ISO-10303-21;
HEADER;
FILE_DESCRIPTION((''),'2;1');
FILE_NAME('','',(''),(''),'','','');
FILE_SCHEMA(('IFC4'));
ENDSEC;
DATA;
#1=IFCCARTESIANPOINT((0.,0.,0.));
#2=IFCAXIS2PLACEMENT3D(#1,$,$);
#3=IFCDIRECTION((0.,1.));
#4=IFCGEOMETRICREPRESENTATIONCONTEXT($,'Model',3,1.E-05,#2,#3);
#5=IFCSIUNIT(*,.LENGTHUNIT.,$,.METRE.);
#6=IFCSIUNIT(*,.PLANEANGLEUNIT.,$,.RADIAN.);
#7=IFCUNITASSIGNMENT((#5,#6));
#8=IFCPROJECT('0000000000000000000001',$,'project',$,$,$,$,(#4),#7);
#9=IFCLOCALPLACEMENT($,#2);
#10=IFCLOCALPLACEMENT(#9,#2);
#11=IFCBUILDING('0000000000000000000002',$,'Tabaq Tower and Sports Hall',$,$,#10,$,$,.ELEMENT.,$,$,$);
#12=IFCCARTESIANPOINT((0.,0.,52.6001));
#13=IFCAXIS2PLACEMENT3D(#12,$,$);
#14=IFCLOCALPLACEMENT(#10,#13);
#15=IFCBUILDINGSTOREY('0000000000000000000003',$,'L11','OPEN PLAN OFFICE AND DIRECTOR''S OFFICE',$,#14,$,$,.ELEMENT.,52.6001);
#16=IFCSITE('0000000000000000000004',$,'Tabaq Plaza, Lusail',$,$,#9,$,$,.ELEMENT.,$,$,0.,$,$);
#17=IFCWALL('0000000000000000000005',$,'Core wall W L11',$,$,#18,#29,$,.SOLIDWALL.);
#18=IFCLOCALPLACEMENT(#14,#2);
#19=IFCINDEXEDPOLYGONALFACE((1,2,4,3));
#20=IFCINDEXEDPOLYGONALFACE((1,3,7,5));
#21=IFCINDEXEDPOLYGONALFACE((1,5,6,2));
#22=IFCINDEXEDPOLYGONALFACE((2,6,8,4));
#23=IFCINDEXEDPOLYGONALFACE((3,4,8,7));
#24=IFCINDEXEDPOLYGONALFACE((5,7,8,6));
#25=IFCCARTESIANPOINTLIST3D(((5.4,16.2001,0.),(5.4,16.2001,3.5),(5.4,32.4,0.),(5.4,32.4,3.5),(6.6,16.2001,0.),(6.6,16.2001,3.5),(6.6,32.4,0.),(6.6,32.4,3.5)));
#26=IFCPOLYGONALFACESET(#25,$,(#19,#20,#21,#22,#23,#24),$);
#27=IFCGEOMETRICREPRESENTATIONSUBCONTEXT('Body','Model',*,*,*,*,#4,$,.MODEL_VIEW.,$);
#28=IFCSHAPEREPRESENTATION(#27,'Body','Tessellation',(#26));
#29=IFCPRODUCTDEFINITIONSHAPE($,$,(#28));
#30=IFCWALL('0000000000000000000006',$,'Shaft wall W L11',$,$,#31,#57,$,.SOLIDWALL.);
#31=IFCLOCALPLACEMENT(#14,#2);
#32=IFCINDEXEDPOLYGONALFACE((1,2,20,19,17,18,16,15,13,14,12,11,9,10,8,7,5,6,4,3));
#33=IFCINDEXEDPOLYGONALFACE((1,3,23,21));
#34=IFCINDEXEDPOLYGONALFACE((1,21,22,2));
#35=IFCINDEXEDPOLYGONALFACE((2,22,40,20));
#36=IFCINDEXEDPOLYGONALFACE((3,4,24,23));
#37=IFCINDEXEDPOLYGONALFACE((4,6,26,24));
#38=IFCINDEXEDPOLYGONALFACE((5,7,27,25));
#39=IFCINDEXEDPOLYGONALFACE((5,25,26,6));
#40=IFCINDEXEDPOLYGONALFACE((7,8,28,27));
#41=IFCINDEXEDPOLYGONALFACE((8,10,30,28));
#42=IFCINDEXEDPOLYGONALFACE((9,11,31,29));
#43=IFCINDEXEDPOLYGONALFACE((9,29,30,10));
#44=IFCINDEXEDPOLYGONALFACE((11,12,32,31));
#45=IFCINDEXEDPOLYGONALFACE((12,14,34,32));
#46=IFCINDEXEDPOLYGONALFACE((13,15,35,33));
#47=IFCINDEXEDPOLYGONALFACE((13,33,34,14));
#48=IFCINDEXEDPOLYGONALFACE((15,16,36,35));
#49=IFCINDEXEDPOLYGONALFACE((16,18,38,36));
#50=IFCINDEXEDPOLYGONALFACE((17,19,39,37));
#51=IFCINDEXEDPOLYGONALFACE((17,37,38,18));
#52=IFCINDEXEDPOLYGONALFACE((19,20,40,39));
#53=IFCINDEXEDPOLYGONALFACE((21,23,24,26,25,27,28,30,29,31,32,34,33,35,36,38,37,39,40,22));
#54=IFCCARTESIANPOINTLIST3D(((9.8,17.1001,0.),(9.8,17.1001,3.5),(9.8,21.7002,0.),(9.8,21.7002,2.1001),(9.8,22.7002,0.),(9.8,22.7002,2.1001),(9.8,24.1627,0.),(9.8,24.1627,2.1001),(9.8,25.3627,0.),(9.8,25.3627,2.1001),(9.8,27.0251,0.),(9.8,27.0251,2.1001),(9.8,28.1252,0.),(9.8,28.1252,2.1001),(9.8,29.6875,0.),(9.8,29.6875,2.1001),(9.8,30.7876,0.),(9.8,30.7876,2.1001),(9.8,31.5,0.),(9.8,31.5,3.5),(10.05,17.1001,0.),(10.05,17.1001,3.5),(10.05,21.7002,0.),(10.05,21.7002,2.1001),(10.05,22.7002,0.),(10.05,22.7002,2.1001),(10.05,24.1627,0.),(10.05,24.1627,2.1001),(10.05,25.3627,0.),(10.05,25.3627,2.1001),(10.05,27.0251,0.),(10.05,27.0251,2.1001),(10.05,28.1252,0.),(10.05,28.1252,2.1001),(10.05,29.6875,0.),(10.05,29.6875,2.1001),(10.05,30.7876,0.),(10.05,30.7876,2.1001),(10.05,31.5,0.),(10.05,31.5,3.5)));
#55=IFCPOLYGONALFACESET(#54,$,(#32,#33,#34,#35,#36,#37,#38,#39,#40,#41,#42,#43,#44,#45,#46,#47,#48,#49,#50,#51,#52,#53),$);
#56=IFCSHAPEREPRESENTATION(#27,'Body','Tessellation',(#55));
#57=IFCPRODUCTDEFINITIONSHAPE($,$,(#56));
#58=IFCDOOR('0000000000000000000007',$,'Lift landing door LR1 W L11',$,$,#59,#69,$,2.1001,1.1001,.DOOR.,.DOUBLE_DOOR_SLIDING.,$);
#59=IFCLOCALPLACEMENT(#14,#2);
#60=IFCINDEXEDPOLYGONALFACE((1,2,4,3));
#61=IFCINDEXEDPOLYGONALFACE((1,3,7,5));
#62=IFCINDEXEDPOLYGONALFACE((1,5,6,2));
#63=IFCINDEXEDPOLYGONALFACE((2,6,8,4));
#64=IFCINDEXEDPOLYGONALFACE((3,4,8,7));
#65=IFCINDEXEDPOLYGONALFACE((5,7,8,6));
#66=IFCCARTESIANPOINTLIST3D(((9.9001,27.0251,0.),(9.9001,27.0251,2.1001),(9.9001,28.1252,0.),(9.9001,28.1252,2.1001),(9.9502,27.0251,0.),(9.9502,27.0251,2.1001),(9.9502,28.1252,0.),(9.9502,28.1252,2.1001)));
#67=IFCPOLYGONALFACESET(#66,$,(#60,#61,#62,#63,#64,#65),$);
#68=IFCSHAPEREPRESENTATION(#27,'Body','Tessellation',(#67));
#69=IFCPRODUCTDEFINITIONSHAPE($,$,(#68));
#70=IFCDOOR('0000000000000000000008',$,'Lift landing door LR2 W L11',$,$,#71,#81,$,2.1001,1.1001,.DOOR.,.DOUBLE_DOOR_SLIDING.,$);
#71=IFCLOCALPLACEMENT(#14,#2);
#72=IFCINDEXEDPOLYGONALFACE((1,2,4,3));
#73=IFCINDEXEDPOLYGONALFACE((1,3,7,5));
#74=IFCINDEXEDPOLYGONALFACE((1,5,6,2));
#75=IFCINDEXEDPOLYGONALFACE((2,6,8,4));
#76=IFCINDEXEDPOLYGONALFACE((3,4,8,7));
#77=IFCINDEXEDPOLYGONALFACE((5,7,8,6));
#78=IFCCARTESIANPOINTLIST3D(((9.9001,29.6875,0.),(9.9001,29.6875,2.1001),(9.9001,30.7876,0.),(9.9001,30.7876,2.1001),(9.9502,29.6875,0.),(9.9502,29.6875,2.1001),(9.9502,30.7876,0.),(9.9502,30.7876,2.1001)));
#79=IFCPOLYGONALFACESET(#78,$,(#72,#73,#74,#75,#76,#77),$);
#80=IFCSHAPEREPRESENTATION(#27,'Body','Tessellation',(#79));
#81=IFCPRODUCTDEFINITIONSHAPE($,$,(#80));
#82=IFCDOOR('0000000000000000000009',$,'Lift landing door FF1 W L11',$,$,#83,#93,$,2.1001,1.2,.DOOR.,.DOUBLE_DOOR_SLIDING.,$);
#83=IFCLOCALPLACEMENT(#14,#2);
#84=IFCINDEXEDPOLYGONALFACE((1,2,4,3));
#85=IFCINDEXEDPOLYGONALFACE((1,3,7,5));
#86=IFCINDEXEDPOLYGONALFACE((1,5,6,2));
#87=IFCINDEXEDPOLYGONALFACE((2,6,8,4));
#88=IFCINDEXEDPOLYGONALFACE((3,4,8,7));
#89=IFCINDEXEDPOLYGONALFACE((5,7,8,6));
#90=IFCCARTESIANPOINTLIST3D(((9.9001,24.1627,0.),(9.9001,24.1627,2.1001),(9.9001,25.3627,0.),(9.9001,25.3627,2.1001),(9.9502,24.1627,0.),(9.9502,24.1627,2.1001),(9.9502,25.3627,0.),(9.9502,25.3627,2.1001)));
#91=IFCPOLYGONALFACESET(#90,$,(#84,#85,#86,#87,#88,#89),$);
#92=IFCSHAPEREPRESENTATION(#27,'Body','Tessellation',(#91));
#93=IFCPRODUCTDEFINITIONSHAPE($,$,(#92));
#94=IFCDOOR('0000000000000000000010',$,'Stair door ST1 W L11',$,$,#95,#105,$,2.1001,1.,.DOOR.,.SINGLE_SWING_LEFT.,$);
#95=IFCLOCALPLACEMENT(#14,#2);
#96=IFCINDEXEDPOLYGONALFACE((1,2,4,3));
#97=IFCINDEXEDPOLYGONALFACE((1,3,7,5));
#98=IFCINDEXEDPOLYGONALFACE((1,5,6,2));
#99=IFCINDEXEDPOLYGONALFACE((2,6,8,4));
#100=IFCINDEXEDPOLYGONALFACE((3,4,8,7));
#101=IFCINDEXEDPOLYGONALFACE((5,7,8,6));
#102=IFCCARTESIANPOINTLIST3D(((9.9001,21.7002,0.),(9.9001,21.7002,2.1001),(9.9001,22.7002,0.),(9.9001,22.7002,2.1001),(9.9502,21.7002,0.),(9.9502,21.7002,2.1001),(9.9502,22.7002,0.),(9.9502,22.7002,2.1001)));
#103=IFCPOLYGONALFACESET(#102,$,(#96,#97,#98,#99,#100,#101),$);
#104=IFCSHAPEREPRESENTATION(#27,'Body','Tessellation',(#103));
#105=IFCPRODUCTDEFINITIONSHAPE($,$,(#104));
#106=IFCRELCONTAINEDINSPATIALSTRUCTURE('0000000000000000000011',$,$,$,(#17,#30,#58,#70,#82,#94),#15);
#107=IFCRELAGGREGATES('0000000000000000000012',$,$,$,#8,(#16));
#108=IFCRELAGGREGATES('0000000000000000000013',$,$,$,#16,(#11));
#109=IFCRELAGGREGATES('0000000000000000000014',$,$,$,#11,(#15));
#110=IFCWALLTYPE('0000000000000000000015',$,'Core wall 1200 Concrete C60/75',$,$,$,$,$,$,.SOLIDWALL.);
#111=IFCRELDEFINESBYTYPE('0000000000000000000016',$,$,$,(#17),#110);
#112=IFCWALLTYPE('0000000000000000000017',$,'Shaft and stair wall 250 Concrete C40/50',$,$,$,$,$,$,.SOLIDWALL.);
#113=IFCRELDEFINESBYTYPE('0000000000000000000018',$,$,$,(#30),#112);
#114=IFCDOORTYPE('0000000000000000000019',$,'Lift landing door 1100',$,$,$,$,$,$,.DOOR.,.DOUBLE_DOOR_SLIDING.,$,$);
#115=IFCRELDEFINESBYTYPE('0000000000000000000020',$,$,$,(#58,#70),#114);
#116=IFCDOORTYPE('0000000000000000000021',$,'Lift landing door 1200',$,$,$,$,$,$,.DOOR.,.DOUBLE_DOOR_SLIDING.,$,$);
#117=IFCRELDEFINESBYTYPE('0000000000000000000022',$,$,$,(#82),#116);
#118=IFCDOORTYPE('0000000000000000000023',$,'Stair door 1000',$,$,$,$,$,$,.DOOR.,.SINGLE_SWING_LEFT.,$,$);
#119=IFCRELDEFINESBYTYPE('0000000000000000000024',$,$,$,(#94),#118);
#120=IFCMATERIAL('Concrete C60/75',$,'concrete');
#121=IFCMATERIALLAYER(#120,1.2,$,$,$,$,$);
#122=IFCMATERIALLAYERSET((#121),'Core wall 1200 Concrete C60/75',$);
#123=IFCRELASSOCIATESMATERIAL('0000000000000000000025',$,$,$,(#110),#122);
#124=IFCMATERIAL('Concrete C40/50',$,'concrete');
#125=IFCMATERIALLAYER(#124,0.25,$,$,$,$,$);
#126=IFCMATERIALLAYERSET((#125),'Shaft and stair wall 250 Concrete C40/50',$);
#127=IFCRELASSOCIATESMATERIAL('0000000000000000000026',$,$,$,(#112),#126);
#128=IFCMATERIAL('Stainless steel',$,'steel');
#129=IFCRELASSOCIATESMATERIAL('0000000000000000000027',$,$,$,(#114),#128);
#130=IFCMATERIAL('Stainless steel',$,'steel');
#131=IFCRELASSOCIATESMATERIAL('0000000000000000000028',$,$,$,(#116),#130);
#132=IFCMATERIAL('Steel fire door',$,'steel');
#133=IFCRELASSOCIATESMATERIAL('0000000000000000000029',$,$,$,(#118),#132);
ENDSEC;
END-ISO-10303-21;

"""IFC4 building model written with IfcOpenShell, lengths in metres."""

from ifc_helpers import new_model, si_unit, direction, frame, frame_2d, origin, place, context, subcontext, project, spatial, rectangle, extrude, material, layer, layer_set, type_object, element, fill, save


model = new_model("IFC4")

# Units and contexts
model_context = context("Model", 3, precision=1e-05, world=origin(), true_north=direction((0.0, 1.0)))
body_context = subcontext(model_context, "Body", "Model", "MODEL_VIEW")
ifc_project = project(units=[si_unit("LENGTHUNIT", "METRE"), si_unit("PLANEANGLEUNIT", "RADIAN")], contexts=[model_context])

# Site, building, storey
site_placement = place(None, origin())
site = spatial("IfcSite", under=ifc_project, at=site_placement, Name="Tabaq Plaza, Lusail", CompositionType="ELEMENT", RefElevation=0.0)
building_placement = place(site_placement, origin())
building = spatial("IfcBuilding", under=site, at=building_placement, Name="Tabaq Tower and Sports Hall", CompositionType="ELEMENT")
storey_placement = place(building_placement, frame((0.0, 0.0, 52.6001)))
storey = spatial("IfcBuildingStorey", under=building, at=storey_placement, Name="L11", Description="OPEN PLAN OFFICE AND DIRECTOR'S OFFICE", CompositionType="ELEMENT", Elevation=52.6001)

# Wall
ifc_material_1 = material(Name="Concrete C60/75", Category="concrete")
ifc_layer_1 = layer(ifc_material_1, 1.2)
ifc_layer_set_1 = layer_set([ifc_layer_1], Name="Core wall 1200 Concrete C60/75")
wall_type_1 = type_object("IfcWallType", Name="Core wall 1200 Concrete C60/75", PredefinedType="SOLIDWALL", material=ifc_layer_set_1)
wall_1_placement = place(storey_placement, frame((6.0, 16.2, 0.0), z_axis=(0.0, 0.0, 1.0), x_axis=(0.0, 1.0, 0.0)))
element("IfcWall", 1, at=wall_1_placement, inside=storey, type_object=wall_type_1, Name="Core wall W L11", PredefinedType="SOLIDWALL", context=body_context, shape_type="SweptSolid", body=[
    extrude(rectangle(XDim=16.2, YDim=1.2, at=frame_2d((8.1001, 0.0))), origin(), (0.0, 0.0, 1.0), 3.5),
])

# Wall, openings, doors
ifc_material_2 = material(Name="Concrete C40/50", Category="concrete")
ifc_layer_2 = layer(ifc_material_2, 0.25)
ifc_layer_set_2 = layer_set([ifc_layer_2], Name="Shaft and stair wall 250 Concrete C40/50")
wall_type_2 = type_object("IfcWallType", Name="Shaft and stair wall 250 Concrete C40/50", PredefinedType="SOLIDWALL", material=ifc_layer_set_2)
wall_2_placement = place(storey_placement, frame((9.925, 17.1001, 0.0), z_axis=(0.0, 0.0, 1.0), x_axis=(0.0, 1.0, 0.0)))
wall_2 = element("IfcWall", 2, at=wall_2_placement, inside=storey, type_object=wall_type_2, Name="Shaft wall W L11", PredefinedType="SOLIDWALL", context=body_context, shape_type="SweptSolid", body=[
    extrude(rectangle(XDim=14.3999, YDim=0.25, at=frame_2d((7.2, 0.0))), origin(), (0.0, 0.0, 1.0), 3.5),
])
opening_1_placement = place(wall_2_placement, frame((4.6001, 0.0, 0.0)))
opening_1 = element("IfcOpeningElement", 3, at=opening_1_placement, cuts=wall_2, PredefinedType="OPENING", context=body_context, shape_type="SweptSolid", body=[
    extrude(rectangle(XDim=1.0, YDim=2.1001, at=frame_2d((0.5, 1.05))), frame((0.0, 0.125, 0.0), z_axis=(0.0, -1.0, 0.0), x_axis=(1.0, 0.0, 0.0)), (0.0, 0.0, 1.0), 0.25),
])
opening_2_placement = place(wall_2_placement, frame((7.0625, 0.0, 0.0)))
opening_2 = element("IfcOpeningElement", 4, at=opening_2_placement, cuts=wall_2, PredefinedType="OPENING", context=body_context, shape_type="SweptSolid", body=[
    extrude(rectangle(XDim=1.2, YDim=2.1001, at=frame_2d((0.6001, 1.05))), frame((0.0, 0.125, 0.0), z_axis=(0.0, -1.0, 0.0), x_axis=(1.0, 0.0, 0.0)), (0.0, 0.0, 1.0), 0.25),
])
opening_3_placement = place(wall_2_placement, frame((9.925, 0.0, 0.0)))
opening_3 = element("IfcOpeningElement", 5, at=opening_3_placement, cuts=wall_2, PredefinedType="OPENING", context=body_context, shape_type="SweptSolid", body=[
    extrude(rectangle(XDim=1.1001, YDim=2.1001, at=frame_2d((0.55, 1.05))), frame((0.0, 0.125, 0.0), z_axis=(0.0, -1.0, 0.0), x_axis=(1.0, 0.0, 0.0)), (0.0, 0.0, 1.0), 0.25),
])
opening_4_placement = place(wall_2_placement, frame((12.5874, 0.0, 0.0)))
opening_4 = element("IfcOpeningElement", 6, at=opening_4_placement, cuts=wall_2, PredefinedType="OPENING", context=body_context, shape_type="SweptSolid", body=[
    extrude(rectangle(XDim=1.1001, YDim=2.1001, at=frame_2d((0.55, 1.05))), frame((0.0, 0.125, 0.0), z_axis=(0.0, -1.0, 0.0), x_axis=(1.0, 0.0, 0.0)), (0.0, 0.0, 1.0), 0.25),
])
ifc_material_3 = material(Name="Stainless steel", Category="steel")
door_type_1 = type_object("IfcDoorType", Name="Lift landing door 1100", OperationType="DOUBLE_DOOR_SLIDING", PredefinedType="DOOR", material=ifc_material_3)
door_1_placement = place(opening_3_placement, origin())
door_1 = element("IfcDoor", 7, at=door_1_placement, inside=storey, type_object=door_type_1, Name="Lift landing door LR1 W L11", OperationType="DOUBLE_DOOR_SLIDING", OverallHeight=2.1001, OverallWidth=1.1001, PredefinedType="DOOR", context=body_context, shape_type="SweptSolid", body=[
    extrude(rectangle(XDim=1.1001, YDim=2.1001, at=frame_2d((0.55, 1.05))), frame((0.0, 0.0249, 0.0), z_axis=(0.0, -1.0, 0.0), x_axis=(1.0, 0.0, 0.0)), (0.0, 0.0, 1.0), 0.05),
])
fill(opening_3, door_1)
door_2_placement = place(opening_4_placement, origin())
door_2 = element("IfcDoor", 8, at=door_2_placement, inside=storey, type_object=door_type_1, Name="Lift landing door LR2 W L11", OperationType="DOUBLE_DOOR_SLIDING", OverallHeight=2.1001, OverallWidth=1.1001, PredefinedType="DOOR", context=body_context, shape_type="SweptSolid", body=[
    extrude(rectangle(XDim=1.1001, YDim=2.1001, at=frame_2d((0.55, 1.05))), frame((0.0, 0.0249, 0.0), z_axis=(0.0, -1.0, 0.0), x_axis=(1.0, 0.0, 0.0)), (0.0, 0.0, 1.0), 0.05),
])
fill(opening_4, door_2)
ifc_material_4 = material(Name="Stainless steel", Category="steel")
door_type_2 = type_object("IfcDoorType", Name="Lift landing door 1200", OperationType="DOUBLE_DOOR_SLIDING", PredefinedType="DOOR", material=ifc_material_4)
door_3_placement = place(opening_2_placement, origin())
door_3 = element("IfcDoor", 9, at=door_3_placement, inside=storey, type_object=door_type_2, Name="Lift landing door FF1 W L11", OperationType="DOUBLE_DOOR_SLIDING", OverallHeight=2.1001, OverallWidth=1.2, PredefinedType="DOOR", context=body_context, shape_type="SweptSolid", body=[
    extrude(rectangle(XDim=1.2, YDim=2.1001, at=frame_2d((0.6001, 1.05))), frame((0.0, 0.0249, 0.0), z_axis=(0.0, -1.0, 0.0), x_axis=(1.0, 0.0, 0.0)), (0.0, 0.0, 1.0), 0.05),
])
fill(opening_2, door_3)
ifc_material_5 = material(Name="Steel fire door", Category="steel")
door_type_3 = type_object("IfcDoorType", Name="Stair door 1000", OperationType="SINGLE_SWING_LEFT", PredefinedType="DOOR", material=ifc_material_5)
door_4_placement = place(opening_1_placement, origin())
door_4 = element("IfcDoor", 10, at=door_4_placement, inside=storey, type_object=door_type_3, Name="Stair door ST1 W L11", OperationType="SINGLE_SWING_LEFT", OverallHeight=2.1001, OverallWidth=1.0, PredefinedType="DOOR", context=body_context, shape_type="SweptSolid", body=[
    extrude(rectangle(XDim=1.0, YDim=2.1001, at=frame_2d((0.5, 1.05))), frame((0.0, 0.0249, 0.0), z_axis=(0.0, -1.0, 0.0), x_axis=(1.0, 0.0, 0.0)), (0.0, 0.0, 1.0), 0.05),
])
fill(opening_1, door_4)

save(model, "model.ifc")
